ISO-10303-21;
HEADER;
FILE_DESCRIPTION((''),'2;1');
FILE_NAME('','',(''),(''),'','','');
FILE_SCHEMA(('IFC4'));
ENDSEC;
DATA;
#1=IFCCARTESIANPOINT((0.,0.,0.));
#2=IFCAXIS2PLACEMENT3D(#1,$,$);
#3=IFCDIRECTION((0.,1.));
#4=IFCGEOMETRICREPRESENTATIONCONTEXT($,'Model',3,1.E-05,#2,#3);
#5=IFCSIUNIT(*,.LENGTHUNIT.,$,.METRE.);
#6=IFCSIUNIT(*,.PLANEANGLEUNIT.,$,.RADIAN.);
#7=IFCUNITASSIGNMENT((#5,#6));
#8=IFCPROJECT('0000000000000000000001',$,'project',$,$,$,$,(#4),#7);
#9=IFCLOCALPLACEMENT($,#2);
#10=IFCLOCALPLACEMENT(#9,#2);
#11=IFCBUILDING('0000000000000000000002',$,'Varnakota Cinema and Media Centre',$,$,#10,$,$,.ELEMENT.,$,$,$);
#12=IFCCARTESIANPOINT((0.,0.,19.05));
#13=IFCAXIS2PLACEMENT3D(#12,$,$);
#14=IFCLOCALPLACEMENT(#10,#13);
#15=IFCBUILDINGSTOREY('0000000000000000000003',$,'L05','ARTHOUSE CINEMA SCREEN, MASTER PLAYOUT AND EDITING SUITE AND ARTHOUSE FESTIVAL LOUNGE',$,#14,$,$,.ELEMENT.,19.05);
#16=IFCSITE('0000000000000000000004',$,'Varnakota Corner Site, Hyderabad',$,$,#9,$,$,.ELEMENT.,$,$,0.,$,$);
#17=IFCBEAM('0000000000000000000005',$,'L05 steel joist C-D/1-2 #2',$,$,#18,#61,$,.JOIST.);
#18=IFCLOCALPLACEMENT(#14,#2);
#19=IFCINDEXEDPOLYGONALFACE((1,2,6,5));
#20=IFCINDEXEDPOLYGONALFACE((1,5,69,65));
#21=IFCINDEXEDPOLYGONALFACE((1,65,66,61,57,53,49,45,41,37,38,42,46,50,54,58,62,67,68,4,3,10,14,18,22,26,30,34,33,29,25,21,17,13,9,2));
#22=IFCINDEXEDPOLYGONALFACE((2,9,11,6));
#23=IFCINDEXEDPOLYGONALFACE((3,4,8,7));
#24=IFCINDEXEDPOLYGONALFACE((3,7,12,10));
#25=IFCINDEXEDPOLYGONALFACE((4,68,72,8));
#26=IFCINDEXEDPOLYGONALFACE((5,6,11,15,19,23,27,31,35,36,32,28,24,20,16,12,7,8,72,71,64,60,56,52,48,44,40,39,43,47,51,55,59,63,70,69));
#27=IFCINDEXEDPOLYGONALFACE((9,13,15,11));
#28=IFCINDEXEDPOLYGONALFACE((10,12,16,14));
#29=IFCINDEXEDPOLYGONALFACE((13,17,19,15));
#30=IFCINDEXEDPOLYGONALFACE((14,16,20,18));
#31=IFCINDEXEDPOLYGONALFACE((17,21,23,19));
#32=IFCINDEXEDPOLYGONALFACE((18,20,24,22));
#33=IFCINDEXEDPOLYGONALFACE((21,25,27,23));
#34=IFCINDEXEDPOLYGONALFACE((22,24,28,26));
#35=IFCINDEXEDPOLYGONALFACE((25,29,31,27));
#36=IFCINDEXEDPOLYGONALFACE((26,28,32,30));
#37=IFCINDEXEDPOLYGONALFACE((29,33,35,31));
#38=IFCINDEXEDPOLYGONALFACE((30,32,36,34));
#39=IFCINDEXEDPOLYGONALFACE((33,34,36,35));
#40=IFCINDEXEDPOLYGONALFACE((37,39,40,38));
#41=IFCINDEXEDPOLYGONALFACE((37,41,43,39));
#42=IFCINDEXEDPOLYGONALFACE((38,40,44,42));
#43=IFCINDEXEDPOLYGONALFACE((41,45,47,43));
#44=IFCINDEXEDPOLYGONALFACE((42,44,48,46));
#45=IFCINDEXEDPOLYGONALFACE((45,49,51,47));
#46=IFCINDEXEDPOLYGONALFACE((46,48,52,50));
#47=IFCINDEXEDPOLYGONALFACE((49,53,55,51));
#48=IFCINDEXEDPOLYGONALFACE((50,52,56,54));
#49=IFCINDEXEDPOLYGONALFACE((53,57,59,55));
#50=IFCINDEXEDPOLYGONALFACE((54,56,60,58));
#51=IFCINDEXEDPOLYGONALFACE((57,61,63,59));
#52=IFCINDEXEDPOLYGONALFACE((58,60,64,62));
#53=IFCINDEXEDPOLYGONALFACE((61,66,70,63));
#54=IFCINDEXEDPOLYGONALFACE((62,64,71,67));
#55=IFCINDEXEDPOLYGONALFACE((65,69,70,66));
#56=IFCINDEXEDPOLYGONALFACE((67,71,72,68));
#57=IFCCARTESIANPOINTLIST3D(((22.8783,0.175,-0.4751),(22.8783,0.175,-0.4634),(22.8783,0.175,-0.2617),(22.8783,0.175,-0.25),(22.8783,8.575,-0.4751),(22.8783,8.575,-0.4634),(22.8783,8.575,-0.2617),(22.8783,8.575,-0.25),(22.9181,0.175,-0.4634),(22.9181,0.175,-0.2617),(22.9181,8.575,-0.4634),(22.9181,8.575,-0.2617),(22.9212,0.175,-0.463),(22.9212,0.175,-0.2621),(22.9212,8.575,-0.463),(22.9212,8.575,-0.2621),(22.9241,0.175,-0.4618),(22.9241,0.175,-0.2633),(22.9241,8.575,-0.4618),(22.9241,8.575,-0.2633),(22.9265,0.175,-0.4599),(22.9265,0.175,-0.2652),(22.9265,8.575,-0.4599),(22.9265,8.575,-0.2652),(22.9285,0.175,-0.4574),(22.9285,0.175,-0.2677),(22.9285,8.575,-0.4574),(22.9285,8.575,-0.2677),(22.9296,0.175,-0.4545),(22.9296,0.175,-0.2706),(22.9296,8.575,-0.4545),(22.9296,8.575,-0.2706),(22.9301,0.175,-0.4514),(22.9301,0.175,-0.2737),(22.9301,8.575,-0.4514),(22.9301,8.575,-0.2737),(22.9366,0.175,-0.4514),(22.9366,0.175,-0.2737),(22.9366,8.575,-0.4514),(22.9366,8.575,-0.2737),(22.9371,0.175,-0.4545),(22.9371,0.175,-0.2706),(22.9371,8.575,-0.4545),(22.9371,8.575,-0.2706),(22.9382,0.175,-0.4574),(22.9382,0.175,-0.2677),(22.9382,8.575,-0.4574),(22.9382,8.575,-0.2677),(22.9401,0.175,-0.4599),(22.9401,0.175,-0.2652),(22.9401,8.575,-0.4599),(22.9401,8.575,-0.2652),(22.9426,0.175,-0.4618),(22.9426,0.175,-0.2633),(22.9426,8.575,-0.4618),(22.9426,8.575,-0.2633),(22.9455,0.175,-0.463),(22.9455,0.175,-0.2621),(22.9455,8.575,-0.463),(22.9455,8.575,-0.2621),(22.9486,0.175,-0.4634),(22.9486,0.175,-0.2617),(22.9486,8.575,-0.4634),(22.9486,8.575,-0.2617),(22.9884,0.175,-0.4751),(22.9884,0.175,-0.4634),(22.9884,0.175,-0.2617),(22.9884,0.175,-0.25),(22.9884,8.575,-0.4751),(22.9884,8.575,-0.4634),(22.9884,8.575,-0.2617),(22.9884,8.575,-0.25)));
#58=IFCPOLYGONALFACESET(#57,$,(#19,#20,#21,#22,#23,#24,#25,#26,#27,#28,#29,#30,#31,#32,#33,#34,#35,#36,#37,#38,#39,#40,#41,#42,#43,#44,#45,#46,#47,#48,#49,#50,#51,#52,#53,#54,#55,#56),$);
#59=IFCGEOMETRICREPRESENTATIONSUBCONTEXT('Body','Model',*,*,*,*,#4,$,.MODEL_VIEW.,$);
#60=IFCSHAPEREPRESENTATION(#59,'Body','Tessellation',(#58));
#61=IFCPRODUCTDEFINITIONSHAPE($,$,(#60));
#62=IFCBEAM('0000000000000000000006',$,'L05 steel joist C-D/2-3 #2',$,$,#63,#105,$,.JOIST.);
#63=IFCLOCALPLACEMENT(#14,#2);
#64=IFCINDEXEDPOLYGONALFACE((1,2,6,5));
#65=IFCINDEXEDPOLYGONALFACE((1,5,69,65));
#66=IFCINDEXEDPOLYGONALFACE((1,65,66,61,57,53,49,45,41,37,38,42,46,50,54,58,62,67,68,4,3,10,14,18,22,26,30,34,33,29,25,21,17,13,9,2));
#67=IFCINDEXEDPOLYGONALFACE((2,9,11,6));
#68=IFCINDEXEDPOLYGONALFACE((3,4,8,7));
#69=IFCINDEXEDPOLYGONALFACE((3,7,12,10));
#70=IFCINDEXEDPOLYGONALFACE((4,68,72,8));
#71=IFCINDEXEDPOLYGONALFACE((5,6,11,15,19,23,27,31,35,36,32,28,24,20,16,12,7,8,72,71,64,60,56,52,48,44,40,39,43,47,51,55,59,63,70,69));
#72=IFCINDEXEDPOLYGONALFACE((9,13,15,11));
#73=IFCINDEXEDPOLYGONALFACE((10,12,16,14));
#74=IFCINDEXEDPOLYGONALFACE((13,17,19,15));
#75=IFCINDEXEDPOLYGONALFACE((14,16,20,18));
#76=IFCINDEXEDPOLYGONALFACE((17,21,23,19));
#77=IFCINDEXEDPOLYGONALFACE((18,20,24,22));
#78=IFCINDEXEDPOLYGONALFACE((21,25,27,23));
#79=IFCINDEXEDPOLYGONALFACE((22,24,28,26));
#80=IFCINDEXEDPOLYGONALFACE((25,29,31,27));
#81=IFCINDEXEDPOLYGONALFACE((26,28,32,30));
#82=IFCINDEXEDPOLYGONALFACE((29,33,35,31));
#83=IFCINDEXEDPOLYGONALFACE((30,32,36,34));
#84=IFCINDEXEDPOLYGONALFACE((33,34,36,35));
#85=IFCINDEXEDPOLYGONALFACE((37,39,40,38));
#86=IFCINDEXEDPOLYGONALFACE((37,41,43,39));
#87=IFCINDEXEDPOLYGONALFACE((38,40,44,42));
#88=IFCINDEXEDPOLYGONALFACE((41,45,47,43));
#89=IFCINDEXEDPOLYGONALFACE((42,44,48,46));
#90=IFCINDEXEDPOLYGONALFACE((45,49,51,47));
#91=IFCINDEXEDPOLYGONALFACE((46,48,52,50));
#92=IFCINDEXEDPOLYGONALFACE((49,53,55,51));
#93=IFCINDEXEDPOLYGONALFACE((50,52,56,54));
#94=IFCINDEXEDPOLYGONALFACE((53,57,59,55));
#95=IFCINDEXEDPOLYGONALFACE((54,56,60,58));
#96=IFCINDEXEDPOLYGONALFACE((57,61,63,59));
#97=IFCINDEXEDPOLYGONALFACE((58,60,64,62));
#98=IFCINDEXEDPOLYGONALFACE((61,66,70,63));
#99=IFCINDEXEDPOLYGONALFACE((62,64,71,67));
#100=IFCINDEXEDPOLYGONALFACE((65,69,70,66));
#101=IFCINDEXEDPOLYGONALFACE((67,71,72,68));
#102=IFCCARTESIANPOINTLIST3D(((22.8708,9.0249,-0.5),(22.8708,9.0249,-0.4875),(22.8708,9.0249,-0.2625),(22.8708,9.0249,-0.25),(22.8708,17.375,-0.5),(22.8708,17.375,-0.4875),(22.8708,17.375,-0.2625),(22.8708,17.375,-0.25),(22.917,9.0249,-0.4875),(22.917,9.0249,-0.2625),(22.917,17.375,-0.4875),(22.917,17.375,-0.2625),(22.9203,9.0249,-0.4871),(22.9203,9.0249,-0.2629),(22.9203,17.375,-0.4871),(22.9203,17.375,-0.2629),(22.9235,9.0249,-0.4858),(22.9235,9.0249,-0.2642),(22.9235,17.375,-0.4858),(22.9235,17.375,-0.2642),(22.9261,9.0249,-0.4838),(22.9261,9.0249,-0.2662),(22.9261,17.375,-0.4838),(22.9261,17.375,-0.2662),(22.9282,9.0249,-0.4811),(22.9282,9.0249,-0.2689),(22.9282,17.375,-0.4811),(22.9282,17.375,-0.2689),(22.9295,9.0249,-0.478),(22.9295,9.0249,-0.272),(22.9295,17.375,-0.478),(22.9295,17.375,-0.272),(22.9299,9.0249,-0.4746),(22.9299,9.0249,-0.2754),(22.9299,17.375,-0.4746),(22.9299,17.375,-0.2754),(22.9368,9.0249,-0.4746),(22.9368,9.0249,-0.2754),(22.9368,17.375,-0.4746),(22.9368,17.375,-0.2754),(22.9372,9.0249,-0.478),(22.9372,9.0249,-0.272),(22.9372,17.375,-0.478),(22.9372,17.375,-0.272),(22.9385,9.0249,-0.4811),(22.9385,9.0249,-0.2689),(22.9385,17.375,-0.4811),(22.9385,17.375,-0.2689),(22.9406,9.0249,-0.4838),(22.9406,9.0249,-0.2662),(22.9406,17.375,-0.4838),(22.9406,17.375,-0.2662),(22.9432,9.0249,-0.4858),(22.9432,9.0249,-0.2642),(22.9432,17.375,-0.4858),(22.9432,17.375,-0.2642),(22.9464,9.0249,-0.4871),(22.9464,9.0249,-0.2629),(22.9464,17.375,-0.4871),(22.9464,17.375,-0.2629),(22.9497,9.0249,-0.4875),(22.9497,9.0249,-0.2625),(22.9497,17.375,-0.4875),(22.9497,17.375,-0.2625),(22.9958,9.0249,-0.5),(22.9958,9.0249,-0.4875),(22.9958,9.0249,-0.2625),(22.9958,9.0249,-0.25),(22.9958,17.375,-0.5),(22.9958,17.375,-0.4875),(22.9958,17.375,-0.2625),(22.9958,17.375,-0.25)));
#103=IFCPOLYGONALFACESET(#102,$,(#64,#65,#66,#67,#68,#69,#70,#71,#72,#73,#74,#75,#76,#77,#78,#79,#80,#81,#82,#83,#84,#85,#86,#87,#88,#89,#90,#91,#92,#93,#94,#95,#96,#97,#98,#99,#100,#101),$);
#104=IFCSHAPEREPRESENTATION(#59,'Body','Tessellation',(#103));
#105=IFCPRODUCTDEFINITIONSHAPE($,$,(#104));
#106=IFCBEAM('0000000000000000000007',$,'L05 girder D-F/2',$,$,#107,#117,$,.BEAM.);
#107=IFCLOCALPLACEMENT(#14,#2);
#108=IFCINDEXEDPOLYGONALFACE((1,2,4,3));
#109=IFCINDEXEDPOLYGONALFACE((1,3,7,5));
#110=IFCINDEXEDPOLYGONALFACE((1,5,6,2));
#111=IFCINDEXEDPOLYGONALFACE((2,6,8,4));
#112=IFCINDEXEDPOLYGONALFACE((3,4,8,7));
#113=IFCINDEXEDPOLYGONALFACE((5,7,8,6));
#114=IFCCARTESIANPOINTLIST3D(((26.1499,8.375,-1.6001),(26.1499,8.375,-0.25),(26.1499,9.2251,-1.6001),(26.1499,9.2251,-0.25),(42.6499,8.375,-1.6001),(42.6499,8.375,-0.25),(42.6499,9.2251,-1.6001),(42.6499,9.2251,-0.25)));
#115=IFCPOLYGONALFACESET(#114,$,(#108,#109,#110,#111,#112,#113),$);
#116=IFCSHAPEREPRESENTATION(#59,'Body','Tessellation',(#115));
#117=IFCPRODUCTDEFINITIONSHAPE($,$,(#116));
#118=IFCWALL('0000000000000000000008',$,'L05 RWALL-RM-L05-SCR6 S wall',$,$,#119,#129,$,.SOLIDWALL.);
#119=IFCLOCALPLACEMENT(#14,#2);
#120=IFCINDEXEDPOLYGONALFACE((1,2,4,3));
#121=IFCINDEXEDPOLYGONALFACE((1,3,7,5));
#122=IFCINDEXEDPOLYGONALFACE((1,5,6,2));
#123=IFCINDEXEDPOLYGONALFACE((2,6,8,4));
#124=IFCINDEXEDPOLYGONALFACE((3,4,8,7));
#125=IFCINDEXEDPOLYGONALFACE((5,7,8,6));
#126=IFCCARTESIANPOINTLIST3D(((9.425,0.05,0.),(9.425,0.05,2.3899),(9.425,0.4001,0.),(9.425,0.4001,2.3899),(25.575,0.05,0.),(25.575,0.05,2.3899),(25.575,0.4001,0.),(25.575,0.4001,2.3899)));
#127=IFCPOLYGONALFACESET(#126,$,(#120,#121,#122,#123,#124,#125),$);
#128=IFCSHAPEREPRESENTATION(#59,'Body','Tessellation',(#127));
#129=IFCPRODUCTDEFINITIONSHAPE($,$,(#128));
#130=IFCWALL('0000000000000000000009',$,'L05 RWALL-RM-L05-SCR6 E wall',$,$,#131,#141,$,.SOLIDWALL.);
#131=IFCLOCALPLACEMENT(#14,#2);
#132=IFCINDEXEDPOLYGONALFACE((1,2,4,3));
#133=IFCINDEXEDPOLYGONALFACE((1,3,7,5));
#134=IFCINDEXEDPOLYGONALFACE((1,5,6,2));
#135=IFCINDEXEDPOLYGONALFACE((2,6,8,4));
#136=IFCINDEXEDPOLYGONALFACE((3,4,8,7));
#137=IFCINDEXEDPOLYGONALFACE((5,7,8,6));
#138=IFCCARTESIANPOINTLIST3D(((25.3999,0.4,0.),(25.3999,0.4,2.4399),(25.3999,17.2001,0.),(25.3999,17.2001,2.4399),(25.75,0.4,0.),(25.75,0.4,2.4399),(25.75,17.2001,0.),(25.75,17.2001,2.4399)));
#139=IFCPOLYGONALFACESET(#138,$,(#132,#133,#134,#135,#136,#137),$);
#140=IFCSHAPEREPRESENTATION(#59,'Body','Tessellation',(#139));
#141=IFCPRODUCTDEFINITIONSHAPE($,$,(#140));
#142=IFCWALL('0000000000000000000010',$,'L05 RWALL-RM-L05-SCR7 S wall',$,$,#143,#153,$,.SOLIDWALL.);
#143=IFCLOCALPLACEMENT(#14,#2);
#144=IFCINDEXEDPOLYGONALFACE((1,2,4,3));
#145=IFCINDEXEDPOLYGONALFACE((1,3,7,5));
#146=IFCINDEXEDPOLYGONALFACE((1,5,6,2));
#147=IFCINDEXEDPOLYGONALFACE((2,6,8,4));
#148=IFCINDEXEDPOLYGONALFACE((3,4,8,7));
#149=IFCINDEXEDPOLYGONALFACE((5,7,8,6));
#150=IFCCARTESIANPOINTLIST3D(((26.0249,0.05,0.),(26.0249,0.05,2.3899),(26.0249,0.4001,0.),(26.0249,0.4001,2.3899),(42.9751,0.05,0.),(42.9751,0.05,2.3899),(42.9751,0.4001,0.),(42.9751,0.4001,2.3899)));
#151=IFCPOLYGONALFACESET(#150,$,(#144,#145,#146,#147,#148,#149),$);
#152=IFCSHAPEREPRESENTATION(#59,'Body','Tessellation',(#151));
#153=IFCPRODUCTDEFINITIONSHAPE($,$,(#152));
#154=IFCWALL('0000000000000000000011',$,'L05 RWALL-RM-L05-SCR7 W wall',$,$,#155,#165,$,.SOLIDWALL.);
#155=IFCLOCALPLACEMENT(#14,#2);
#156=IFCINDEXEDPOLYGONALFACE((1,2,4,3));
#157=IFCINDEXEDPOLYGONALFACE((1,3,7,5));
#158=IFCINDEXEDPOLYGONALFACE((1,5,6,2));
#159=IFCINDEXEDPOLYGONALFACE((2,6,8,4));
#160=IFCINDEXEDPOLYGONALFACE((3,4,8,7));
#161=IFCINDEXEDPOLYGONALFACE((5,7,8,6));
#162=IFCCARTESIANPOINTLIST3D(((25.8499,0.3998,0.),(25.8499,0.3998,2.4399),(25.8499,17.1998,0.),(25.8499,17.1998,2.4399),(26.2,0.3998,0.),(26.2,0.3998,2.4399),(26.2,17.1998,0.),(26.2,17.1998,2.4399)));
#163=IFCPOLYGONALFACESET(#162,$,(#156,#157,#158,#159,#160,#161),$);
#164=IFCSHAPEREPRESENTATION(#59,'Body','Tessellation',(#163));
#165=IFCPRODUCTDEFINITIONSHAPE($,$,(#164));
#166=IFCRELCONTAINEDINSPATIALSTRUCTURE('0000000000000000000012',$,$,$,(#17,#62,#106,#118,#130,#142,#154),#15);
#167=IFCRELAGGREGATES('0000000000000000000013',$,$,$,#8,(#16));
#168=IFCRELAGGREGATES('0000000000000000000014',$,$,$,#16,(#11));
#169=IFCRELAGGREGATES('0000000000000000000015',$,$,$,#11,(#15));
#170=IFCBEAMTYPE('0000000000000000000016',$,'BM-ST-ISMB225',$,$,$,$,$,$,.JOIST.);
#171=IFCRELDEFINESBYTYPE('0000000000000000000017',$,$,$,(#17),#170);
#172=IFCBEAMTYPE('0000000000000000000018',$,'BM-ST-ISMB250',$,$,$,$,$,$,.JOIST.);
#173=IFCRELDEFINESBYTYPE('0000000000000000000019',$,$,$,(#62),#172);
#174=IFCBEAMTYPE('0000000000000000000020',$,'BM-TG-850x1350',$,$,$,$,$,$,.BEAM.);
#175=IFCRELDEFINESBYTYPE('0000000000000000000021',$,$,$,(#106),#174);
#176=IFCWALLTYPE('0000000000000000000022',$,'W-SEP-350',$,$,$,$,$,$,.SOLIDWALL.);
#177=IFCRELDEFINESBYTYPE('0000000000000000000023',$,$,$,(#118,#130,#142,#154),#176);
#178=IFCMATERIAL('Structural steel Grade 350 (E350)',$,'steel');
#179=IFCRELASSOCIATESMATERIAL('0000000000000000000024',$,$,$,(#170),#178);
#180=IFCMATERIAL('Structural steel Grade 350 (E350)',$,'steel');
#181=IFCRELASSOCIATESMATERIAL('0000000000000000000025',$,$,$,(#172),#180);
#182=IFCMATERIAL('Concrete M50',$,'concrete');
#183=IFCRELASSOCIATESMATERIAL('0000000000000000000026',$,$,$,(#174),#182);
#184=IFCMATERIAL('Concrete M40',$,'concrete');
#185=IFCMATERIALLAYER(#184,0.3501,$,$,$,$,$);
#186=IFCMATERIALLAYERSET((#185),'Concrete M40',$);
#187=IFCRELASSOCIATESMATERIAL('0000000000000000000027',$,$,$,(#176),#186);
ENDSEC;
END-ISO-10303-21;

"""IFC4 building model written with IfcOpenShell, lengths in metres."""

from ifc_helpers import new_model, si_unit, direction, frame, frame_2d, origin, origin_2d, place, context, subcontext, project, spatial, rectangle, i_section, extrude, material, layer, layer_set, material_profile, profile_set, type_object, element, save


model = new_model("IFC4")

# Units and contexts
model_context = context("Model", 3, precision=1e-05, world=origin(), true_north=direction((0.0, 1.0)))
body_context = subcontext(model_context, "Body", "Model", "MODEL_VIEW")
ifc_project = project(units=[si_unit("LENGTHUNIT", "METRE"), si_unit("PLANEANGLEUNIT", "RADIAN")], contexts=[model_context])

# Site, building, storey
site_placement = place(None, origin())
site = spatial("IfcSite", under=ifc_project, at=site_placement, Name="Varnakota Corner Site, Hyderabad", CompositionType="ELEMENT", RefElevation=0.0)
building_placement = place(site_placement, origin())
building = spatial("IfcBuilding", under=site, at=building_placement, Name="Varnakota Cinema and Media Centre", CompositionType="ELEMENT")
storey_placement = place(building_placement, frame((0.0, 0.0, 19.05)))
storey = spatial("IfcBuildingStorey", under=building, at=storey_placement, Name="L05", Description="ARTHOUSE CINEMA SCREEN, MASTER PLAYOUT AND EDITING SUITE AND ARTHOUSE FESTIVAL LOUNGE", CompositionType="ELEMENT", Elevation=19.05)

# Beams
ifc_material_1 = material(Name="Structural steel Grade 350 (E350)", Category="steel")
ifc_material_profile_1 = material_profile(ifc_material_1, i_section(OverallWidth=0.1101, OverallDepth=0.2251, WebThickness=0.0066, FlangeThickness=0.0117, FilletRadius=0.012, at=origin_2d()), Name="ISMB 225")
ifc_profile_set_1 = profile_set([ifc_material_profile_1], Name="Structural steel Grade 350 (E350)")
beam_type_1 = type_object("IfcBeamType", Name="BM-ST-ISMB225", PredefinedType="JOIST", material=ifc_profile_set_1)
beam_1_placement = place(storey_placement, frame((22.9333, 0.175, -0.3625), z_axis=(0.0, 1.0, 0.0), x_axis=(-1.0, 0.0, 0.0)))
element("IfcBeam", 1, at=beam_1_placement, inside=storey, type_object=beam_type_1, Name="L05 steel joist C-D/1-2 #2", PredefinedType="JOIST", context=body_context, shape_type="SweptSolid", body=[
    extrude(i_section(OverallWidth=0.1101, OverallDepth=0.2251, WebThickness=0.0066, FlangeThickness=0.0117, FilletRadius=0.012, at=origin_2d()), origin(), (0.0, 0.0, 1.0), 8.3999),
])
ifc_material_2 = material(Name="Structural steel Grade 350 (E350)", Category="steel")
ifc_material_profile_2 = material_profile(ifc_material_2, i_section(OverallWidth=0.125, OverallDepth=0.25, WebThickness=0.0068, FlangeThickness=0.0125, FilletRadius=0.0129, at=origin_2d()), Name="ISMB 250")
ifc_profile_set_2 = profile_set([ifc_material_profile_2], Name="Structural steel Grade 350 (E350)")
beam_type_2 = type_object("IfcBeamType", Name="BM-ST-ISMB250", PredefinedType="JOIST", material=ifc_profile_set_2)
beam_2_placement = place(storey_placement, frame((22.9333, 9.0249, -0.375), z_axis=(0.0, 1.0, 0.0), x_axis=(-1.0, 0.0, 0.0)))
element("IfcBeam", 2, at=beam_2_placement, inside=storey, type_object=beam_type_2, Name="L05 steel joist C-D/2-3 #2", PredefinedType="JOIST", context=body_context, shape_type="SweptSolid", body=[
    extrude(i_section(OverallWidth=0.125, OverallDepth=0.25, WebThickness=0.0068, FlangeThickness=0.0125, FilletRadius=0.0129, at=origin_2d()), origin(), (0.0, 0.0, 1.0), 8.3501),
])
ifc_material_3 = material(Name="Concrete M50", Category="concrete")
ifc_material_profile_3 = material_profile(ifc_material_3, rectangle(XDim=0.8501, YDim=1.3501, at=origin_2d()), Name="RCB 850x1350")
ifc_profile_set_3 = profile_set([ifc_material_profile_3], Name="Concrete M50")
beam_type_3 = type_object("IfcBeamType", Name="BM-TG-850x1350", PredefinedType="BEAM", material=ifc_profile_set_3)
beam_3_placement = place(storey_placement, frame((26.1499, 8.8, -0.925), z_axis=(1.0, 0.0, 0.0), x_axis=(0.0, 1.0, 0.0)))
element("IfcBeam", 3, at=beam_3_placement, inside=storey, type_object=beam_type_3, Name="L05 girder D-F/2", PredefinedType="BEAM", context=body_context, shape_type="SweptSolid", body=[
    extrude(rectangle(XDim=0.8501, YDim=1.3501, at=origin_2d()), origin(), (0.0, 0.0, 1.0), 16.5),
])

# Walls
ifc_material_4 = material(Name="Concrete M40", Category="concrete")
ifc_layer_1 = layer(ifc_material_4, 0.3501)
ifc_layer_set_1 = layer_set([ifc_layer_1], Name="Concrete M40")
wall_type = type_object("IfcWallType", Name="W-SEP-350", PredefinedType="SOLIDWALL", material=ifc_layer_set_1)
wall_1_placement = place(storey_placement, frame((25.575, 0.2251, 0.0), z_axis=(0.0, 0.0, 1.0), x_axis=(-1.0, 0.0, 0.0)))
element("IfcWall", 4, at=wall_1_placement, inside=storey, type_object=wall_type, Name="L05 RWALL-RM-L05-SCR6 S wall", PredefinedType="SOLIDWALL", context=body_context, shape_type="SweptSolid", body=[
    extrude(rectangle(XDim=16.1499, YDim=0.3501, at=frame_2d((8.075, 0.0))), origin(), (0.0, 0.0, 1.0), 2.3899),
])
wall_2_placement = place(storey_placement, frame((25.575, 17.2, 0.0), z_axis=(0.0, 0.0, 1.0), x_axis=(0.0, -1.0, 0.0)))
element("IfcWall", 5, at=wall_2_placement, inside=storey, type_object=wall_type, Name="L05 RWALL-RM-L05-SCR6 E wall", PredefinedType="SOLIDWALL", context=body_context, shape_type="SweptSolid", body=[
    extrude(rectangle(XDim=16.8, YDim=0.3501, at=frame_2d((8.3999, 0.0))), origin(), (0.0, 0.0, 1.0), 2.4399),
])
wall_3_placement = place(storey_placement, frame((42.9751, 0.2251, 0.0), z_axis=(0.0, 0.0, 1.0), x_axis=(-1.0, 0.0, 0.0)))
element("IfcWall", 6, at=wall_3_placement, inside=storey, type_object=wall_type, Name="L05 RWALL-RM-L05-SCR7 S wall", PredefinedType="SOLIDWALL", context=body_context, shape_type="SweptSolid", body=[
    extrude(rectangle(XDim=16.9502, YDim=0.3501, at=frame_2d((8.4751, 0.0))), origin(), (0.0, 0.0, 1.0), 2.3899),
])
wall_4_placement = place(storey_placement, frame((26.0249, 0.3999, 0.0), z_axis=(0.0, 0.0, 1.0), x_axis=(0.0, 1.0, 0.0)))
element("IfcWall", 7, at=wall_4_placement, inside=storey, type_object=wall_type, Name="L05 RWALL-RM-L05-SCR7 W wall", PredefinedType="SOLIDWALL", context=body_context, shape_type="SweptSolid", body=[
    extrude(rectangle(XDim=16.8, YDim=0.3501, at=frame_2d((8.3999, 0.0))), origin(), (0.0, 0.0, 1.0), 2.4399),
])

save(model, "model.ifc")
